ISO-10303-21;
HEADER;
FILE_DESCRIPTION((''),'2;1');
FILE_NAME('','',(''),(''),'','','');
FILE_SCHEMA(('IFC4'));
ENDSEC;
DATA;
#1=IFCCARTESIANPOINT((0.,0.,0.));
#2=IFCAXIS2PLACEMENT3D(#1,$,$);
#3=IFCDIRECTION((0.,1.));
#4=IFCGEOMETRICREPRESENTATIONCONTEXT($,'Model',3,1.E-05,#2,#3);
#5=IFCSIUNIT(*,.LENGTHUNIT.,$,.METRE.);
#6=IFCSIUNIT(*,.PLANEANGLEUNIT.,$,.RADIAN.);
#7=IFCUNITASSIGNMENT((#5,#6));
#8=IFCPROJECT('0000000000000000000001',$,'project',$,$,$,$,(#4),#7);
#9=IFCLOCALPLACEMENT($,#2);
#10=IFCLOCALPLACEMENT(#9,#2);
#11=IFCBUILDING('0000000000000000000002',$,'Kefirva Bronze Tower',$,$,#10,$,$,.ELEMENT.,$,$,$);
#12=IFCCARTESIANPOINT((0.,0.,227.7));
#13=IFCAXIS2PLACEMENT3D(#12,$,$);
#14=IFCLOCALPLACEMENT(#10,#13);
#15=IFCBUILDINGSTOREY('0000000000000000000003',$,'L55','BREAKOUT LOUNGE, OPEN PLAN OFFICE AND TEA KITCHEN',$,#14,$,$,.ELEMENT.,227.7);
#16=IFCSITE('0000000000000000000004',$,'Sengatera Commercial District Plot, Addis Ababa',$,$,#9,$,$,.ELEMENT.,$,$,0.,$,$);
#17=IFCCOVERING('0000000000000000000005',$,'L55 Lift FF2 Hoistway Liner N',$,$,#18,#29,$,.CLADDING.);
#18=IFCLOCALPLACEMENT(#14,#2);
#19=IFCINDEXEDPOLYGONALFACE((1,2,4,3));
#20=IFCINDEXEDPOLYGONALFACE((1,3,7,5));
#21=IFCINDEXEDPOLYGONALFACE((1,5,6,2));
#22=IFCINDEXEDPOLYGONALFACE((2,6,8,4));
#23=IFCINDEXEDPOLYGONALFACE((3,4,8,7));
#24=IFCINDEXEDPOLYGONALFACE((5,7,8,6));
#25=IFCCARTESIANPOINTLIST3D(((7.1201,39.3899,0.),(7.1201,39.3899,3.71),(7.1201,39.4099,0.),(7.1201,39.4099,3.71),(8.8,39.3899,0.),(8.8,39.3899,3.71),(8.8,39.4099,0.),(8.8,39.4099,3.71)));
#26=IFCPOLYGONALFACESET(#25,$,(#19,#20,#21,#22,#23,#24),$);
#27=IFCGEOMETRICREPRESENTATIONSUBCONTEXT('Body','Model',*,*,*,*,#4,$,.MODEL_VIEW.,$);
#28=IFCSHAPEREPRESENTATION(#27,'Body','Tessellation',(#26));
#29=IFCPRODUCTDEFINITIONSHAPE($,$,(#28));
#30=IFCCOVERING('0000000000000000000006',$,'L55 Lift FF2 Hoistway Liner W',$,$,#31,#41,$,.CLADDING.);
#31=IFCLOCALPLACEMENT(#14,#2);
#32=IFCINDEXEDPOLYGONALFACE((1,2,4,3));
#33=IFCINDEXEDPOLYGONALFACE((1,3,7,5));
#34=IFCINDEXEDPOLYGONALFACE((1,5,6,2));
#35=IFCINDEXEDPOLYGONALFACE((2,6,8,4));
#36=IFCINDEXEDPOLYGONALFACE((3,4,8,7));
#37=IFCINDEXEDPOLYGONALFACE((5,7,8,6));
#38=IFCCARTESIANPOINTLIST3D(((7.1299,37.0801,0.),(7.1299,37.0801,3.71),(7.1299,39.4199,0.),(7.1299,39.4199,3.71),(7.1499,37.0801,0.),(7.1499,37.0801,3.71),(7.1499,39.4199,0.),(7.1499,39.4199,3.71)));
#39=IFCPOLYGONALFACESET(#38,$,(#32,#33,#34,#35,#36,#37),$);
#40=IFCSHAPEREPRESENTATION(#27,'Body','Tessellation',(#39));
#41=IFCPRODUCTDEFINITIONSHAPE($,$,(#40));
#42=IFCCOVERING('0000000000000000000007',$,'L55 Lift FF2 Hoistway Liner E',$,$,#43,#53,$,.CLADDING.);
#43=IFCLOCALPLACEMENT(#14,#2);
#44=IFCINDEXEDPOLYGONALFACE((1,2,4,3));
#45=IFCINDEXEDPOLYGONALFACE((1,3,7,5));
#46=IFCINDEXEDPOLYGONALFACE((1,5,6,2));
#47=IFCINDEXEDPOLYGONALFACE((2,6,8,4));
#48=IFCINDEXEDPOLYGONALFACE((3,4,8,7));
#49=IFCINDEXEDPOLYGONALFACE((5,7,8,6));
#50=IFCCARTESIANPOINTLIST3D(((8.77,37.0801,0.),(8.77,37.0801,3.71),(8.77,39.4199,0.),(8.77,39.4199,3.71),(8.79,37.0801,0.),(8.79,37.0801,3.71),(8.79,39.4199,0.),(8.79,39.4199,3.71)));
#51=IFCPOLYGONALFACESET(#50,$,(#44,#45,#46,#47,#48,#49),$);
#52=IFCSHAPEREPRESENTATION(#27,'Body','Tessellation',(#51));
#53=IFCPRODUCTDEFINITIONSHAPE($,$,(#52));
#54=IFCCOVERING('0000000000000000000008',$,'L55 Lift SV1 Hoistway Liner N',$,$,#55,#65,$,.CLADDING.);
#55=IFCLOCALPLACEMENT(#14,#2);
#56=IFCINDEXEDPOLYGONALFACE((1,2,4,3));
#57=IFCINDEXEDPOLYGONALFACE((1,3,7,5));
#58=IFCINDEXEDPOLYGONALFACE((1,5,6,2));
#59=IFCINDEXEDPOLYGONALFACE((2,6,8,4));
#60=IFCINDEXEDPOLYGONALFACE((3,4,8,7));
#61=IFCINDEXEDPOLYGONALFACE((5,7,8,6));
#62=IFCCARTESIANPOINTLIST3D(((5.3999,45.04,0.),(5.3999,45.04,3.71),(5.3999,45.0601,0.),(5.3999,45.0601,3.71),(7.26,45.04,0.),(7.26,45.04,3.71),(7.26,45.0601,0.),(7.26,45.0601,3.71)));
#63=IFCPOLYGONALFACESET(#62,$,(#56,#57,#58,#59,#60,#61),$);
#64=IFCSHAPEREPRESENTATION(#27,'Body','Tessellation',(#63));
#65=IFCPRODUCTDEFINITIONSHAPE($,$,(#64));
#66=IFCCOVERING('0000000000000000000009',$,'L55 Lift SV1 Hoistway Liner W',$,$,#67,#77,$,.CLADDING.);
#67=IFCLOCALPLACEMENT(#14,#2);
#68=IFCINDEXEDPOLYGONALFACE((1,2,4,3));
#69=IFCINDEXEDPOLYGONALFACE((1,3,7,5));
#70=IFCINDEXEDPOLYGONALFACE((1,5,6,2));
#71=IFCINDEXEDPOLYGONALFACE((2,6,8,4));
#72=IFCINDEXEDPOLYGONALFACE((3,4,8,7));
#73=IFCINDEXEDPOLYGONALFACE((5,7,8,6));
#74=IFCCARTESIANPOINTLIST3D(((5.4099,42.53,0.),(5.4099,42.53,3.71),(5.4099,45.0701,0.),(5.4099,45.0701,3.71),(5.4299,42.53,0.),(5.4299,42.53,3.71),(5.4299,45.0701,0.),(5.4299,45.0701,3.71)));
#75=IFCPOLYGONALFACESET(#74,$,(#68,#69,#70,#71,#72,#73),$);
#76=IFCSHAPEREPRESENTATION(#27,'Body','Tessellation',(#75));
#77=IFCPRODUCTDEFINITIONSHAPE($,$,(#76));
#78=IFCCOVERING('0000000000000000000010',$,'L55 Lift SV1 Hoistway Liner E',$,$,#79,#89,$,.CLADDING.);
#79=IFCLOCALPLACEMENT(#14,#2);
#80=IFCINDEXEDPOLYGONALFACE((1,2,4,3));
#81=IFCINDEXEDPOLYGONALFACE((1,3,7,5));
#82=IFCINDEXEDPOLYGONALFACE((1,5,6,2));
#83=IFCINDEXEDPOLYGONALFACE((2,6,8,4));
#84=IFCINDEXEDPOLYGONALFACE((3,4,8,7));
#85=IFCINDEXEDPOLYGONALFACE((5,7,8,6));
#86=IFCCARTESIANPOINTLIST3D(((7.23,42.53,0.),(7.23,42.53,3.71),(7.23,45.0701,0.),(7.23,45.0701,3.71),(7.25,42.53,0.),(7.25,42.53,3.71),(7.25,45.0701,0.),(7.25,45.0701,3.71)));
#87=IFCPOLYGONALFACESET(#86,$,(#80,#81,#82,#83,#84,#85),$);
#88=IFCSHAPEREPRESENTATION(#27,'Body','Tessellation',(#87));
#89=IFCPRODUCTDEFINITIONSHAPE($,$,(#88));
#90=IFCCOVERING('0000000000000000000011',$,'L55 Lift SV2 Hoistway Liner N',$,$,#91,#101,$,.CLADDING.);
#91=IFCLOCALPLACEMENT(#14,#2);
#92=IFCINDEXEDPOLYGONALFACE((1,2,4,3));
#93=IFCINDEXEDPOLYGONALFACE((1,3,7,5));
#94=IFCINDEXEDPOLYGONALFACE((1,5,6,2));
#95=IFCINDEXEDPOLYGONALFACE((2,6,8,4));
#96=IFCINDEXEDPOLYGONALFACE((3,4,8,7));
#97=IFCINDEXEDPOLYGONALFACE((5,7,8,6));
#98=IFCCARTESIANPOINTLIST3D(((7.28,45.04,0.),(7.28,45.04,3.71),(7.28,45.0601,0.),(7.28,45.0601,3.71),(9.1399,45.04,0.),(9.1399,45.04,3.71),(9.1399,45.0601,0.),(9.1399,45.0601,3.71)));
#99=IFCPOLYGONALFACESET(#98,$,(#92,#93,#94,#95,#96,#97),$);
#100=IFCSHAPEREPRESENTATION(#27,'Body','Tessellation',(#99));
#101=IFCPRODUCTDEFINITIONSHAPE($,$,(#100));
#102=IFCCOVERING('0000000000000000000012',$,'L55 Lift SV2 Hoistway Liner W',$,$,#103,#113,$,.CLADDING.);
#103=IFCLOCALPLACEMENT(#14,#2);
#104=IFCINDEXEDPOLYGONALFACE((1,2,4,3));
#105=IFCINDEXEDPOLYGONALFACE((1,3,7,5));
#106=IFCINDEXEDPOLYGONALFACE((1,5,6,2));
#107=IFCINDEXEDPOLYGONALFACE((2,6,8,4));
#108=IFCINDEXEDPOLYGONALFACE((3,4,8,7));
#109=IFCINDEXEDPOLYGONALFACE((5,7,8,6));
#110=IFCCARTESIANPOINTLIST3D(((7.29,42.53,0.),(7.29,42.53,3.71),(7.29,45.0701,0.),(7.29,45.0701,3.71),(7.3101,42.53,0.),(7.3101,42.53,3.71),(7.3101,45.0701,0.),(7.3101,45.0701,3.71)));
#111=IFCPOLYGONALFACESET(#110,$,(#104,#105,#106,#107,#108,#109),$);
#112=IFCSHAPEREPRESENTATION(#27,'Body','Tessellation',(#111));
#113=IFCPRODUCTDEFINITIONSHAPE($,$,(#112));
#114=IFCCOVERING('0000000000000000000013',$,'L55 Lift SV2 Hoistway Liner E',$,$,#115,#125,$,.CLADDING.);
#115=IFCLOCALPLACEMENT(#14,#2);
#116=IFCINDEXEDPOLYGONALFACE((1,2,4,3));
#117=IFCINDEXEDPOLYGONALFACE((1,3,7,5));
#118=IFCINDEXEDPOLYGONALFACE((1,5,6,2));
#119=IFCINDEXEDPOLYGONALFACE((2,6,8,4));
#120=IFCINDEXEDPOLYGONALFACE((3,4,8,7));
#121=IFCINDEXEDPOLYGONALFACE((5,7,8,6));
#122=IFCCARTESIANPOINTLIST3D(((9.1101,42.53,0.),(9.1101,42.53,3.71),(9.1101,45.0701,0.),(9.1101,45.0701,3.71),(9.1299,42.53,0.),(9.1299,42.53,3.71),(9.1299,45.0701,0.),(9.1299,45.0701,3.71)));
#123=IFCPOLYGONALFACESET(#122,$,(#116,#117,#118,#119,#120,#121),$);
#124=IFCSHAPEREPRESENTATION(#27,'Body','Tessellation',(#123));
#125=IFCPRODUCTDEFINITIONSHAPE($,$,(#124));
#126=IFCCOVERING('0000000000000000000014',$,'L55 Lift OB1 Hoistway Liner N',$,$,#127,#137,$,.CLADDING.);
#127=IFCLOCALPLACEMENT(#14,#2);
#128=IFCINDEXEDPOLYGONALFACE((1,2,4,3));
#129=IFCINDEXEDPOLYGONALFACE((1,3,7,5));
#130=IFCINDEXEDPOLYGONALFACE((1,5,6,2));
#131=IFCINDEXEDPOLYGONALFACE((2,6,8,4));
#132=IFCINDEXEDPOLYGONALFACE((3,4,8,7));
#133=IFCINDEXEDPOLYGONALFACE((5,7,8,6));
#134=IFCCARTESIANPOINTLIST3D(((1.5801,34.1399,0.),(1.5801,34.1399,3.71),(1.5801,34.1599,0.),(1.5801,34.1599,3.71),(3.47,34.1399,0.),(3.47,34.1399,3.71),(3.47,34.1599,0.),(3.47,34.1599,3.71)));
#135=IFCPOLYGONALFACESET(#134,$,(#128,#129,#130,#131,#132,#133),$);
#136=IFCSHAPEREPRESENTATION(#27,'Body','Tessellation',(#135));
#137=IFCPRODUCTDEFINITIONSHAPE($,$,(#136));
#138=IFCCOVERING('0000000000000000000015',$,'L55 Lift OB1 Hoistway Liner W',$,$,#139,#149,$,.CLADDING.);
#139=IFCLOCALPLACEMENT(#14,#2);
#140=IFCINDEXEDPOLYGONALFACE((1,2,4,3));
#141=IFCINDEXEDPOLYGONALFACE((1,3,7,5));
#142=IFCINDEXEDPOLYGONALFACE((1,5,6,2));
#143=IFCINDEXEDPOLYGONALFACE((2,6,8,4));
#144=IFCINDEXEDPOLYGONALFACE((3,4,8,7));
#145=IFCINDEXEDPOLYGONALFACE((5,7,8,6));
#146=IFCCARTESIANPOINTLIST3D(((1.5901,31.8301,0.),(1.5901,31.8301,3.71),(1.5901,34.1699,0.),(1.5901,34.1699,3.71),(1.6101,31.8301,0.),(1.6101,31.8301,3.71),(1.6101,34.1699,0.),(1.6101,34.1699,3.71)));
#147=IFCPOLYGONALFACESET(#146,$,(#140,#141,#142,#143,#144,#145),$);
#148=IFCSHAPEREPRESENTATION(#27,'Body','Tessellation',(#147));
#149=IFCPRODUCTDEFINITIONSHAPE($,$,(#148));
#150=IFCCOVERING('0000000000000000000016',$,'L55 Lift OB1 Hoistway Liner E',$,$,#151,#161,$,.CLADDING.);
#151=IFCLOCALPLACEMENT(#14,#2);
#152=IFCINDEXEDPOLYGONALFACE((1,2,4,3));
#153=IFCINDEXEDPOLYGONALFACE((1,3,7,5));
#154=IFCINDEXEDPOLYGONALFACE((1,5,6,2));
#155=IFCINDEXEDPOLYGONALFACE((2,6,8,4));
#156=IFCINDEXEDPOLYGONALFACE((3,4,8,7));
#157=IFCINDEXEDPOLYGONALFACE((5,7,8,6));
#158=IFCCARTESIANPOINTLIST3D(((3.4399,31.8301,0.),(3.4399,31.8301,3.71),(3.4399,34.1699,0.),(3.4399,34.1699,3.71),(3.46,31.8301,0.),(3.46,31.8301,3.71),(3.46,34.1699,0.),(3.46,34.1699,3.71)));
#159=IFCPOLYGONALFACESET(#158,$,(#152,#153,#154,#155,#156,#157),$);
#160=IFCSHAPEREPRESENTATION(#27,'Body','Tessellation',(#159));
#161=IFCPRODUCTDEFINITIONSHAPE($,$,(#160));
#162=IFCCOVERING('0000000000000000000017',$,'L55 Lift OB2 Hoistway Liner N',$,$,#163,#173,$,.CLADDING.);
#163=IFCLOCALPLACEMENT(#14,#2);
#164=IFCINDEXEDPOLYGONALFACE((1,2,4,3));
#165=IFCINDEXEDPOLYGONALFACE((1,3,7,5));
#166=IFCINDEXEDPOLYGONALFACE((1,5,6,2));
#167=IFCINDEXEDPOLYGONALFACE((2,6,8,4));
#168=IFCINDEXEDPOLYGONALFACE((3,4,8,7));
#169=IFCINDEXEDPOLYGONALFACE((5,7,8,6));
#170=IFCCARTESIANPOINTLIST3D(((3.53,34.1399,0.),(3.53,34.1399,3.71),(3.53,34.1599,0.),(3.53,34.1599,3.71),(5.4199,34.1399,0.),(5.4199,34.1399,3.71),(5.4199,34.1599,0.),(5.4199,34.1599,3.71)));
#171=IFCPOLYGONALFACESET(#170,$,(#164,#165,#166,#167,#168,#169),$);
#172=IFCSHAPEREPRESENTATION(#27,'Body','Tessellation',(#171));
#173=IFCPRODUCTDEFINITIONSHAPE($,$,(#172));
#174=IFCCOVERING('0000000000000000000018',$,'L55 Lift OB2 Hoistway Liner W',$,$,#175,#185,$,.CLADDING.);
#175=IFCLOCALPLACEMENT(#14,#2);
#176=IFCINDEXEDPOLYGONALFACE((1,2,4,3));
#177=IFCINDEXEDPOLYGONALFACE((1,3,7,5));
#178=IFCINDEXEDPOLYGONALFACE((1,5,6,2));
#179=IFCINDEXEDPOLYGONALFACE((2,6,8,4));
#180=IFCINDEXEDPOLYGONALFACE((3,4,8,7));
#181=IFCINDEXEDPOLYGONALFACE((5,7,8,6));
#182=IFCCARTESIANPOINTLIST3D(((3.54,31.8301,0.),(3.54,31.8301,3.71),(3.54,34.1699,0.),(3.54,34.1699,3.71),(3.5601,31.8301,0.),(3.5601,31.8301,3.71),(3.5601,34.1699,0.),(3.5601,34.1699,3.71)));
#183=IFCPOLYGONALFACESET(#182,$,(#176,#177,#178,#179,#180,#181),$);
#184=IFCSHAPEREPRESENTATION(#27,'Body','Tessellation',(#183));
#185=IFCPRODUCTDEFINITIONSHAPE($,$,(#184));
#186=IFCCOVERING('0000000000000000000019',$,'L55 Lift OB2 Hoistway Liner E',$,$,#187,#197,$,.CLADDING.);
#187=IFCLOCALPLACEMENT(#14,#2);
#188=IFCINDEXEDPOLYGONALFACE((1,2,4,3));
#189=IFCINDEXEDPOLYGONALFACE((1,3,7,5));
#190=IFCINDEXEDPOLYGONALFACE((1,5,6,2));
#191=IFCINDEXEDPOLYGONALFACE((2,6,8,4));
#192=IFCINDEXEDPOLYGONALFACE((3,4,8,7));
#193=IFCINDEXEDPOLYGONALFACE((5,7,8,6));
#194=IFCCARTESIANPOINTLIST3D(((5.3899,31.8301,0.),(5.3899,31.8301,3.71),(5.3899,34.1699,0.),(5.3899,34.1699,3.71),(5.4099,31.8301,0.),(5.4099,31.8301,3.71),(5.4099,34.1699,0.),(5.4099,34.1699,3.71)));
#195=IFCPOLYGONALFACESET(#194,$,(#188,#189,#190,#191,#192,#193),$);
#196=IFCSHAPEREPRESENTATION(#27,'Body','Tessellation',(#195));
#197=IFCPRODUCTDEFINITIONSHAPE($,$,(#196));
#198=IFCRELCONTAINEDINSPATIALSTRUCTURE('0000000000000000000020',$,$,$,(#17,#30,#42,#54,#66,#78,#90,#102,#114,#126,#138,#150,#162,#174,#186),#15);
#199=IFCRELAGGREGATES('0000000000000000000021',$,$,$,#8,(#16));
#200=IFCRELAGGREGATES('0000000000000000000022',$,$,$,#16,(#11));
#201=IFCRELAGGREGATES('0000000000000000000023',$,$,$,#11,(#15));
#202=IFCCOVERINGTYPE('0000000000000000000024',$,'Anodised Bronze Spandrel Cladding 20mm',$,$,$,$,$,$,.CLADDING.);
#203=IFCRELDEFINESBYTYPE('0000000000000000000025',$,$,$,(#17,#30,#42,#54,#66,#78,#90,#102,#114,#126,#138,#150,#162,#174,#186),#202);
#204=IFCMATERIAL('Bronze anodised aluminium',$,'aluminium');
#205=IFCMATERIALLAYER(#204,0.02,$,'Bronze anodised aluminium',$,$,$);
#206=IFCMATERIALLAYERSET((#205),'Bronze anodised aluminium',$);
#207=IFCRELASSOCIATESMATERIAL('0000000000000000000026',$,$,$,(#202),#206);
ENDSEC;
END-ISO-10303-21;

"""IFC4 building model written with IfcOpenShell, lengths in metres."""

from ifc_helpers import new_model, si_unit, direction, frame, origin, place, context, subcontext, project, spatial, polyline, outline, extrude, material, layer, layer_set, type_object, element, save


model = new_model("IFC4")

# Units and contexts
model_context = context("Model", 3, precision=1e-05, world=origin(), true_north=direction((0.0, 1.0)))
body_context = subcontext(model_context, "Body", "Model", "MODEL_VIEW")
ifc_project = project(units=[si_unit("LENGTHUNIT", "METRE"), si_unit("PLANEANGLEUNIT", "RADIAN")], contexts=[model_context])

# Site, building, storey
site_placement = place(None, origin())
site = spatial("IfcSite", under=ifc_project, at=site_placement, Name="Sengatera Commercial District Plot, Addis Ababa", CompositionType="ELEMENT", RefElevation=0.0)
building_placement = place(site_placement, origin())
building = spatial("IfcBuilding", under=site, at=building_placement, Name="Kefirva Bronze Tower", CompositionType="ELEMENT")
storey_placement = place(building_placement, frame((0.0, 0.0, 227.7)))
storey = spatial("IfcBuildingStorey", under=building, at=storey_placement, Name="L55", Description="BREAKOUT LOUNGE, OPEN PLAN OFFICE AND TEA KITCHEN", CompositionType="ELEMENT", Elevation=227.7)

# Coverings
ifc_material_1 = material(Name="Bronze anodised aluminium", Category="aluminium")
ifc_layer_1 = layer(ifc_material_1, 0.02, Name="Bronze anodised aluminium")
ifc_layer_set_1 = layer_set([ifc_layer_1], Name="Bronze anodised aluminium")
covering_type_1 = type_object("IfcCoveringType", Name="Anodised Bronze Spandrel Cladding 20mm", PredefinedType="CLADDING", material=ifc_layer_set_1)
covering_1_placement = place(storey_placement, origin())
element("IfcCovering", 1, at=covering_1_placement, inside=storey, type_object=covering_type_1, Name="L55 Lift FF2 Hoistway Liner N", PredefinedType="CLADDING", context=body_context, shape_type="SweptSolid", body=[
    extrude(outline(polyline([(7.1201, 39.3899), (8.8, 39.3899), (8.8, 39.4099), (7.1201, 39.4099), (7.1201, 39.3899)])), origin(), (0.0, 0.0, 1.0), 3.71),
])
covering_2_placement = place(storey_placement, origin())
element("IfcCovering", 2, at=covering_2_placement, inside=storey, type_object=covering_type_1, Name="L55 Lift FF2 Hoistway Liner W", PredefinedType="CLADDING", context=body_context, shape_type="SweptSolid", body=[
    extrude(outline(polyline([(7.1299, 37.0801), (7.1499, 37.0801), (7.1499, 39.4199), (7.1299, 39.4199), (7.1299, 37.0801)])), origin(), (0.0, 0.0, 1.0), 3.71),
])
covering_3_placement = place(storey_placement, origin())
element("IfcCovering", 3, at=covering_3_placement, inside=storey, type_object=covering_type_1, Name="L55 Lift FF2 Hoistway Liner E", PredefinedType="CLADDING", context=body_context, shape_type="SweptSolid", body=[
    extrude(outline(polyline([(8.77, 37.0801), (8.79, 37.0801), (8.79, 39.4199), (8.77, 39.4199), (8.77, 37.0801)])), origin(), (0.0, 0.0, 1.0), 3.71),
])
covering_4_placement = place(storey_placement, origin())
element("IfcCovering", 4, at=covering_4_placement, inside=storey, type_object=covering_type_1, Name="L55 Lift SV1 Hoistway Liner N", PredefinedType="CLADDING", context=body_context, shape_type="SweptSolid", body=[
    extrude(outline(polyline([(5.3999, 45.04), (7.26, 45.04), (7.26, 45.0601), (5.3999, 45.0601), (5.3999, 45.04)])), origin(), (0.0, 0.0, 1.0), 3.71),
])
covering_5_placement = place(storey_placement, origin())
element("IfcCovering", 5, at=covering_5_placement, inside=storey, type_object=covering_type_1, Name="L55 Lift SV1 Hoistway Liner W", PredefinedType="CLADDING", context=body_context, shape_type="SweptSolid", body=[
    extrude(outline(polyline([(5.4099, 42.53), (5.4299, 42.53), (5.4299, 45.0701), (5.4099, 45.0701), (5.4099, 42.53)])), origin(), (0.0, 0.0, 1.0), 3.71),
])
covering_6_placement = place(storey_placement, origin())
element("IfcCovering", 6, at=covering_6_placement, inside=storey, type_object=covering_type_1, Name="L55 Lift SV1 Hoistway Liner E", PredefinedType="CLADDING", context=body_context, shape_type="SweptSolid", body=[
    extrude(outline(polyline([(7.23, 42.53), (7.25, 42.53), (7.25, 45.0701), (7.23, 45.0701), (7.23, 42.53)])), origin(), (0.0, 0.0, 1.0), 3.71),
])
covering_7_placement = place(storey_placement, origin())
element("IfcCovering", 7, at=covering_7_placement, inside=storey, type_object=covering_type_1, Name="L55 Lift SV2 Hoistway Liner N", PredefinedType="CLADDING", context=body_context, shape_type="SweptSolid", body=[
    extrude(outline(polyline([(7.28, 45.04), (9.1399, 45.04), (9.1399, 45.0601), (7.28, 45.0601), (7.28, 45.04)])), origin(), (0.0, 0.0, 1.0), 3.71),
])
covering_8_placement = place(storey_placement, origin())
element("IfcCovering", 8, at=covering_8_placement, inside=storey, type_object=covering_type_1, Name="L55 Lift SV2 Hoistway Liner W", PredefinedType="CLADDING", context=body_context, shape_type="SweptSolid", body=[
    extrude(outline(polyline([(7.29, 42.53), (7.3101, 42.53), (7.3101, 45.0701), (7.29, 45.0701), (7.29, 42.53)])), origin(), (0.0, 0.0, 1.0), 3.71),
])
covering_9_placement = place(storey_placement, origin())
element("IfcCovering", 9, at=covering_9_placement, inside=storey, type_object=covering_type_1, Name="L55 Lift SV2 Hoistway Liner E", PredefinedType="CLADDING", context=body_context, shape_type="SweptSolid", body=[
    extrude(outline(polyline([(9.1101, 42.53), (9.1299, 42.53), (9.1299, 45.0701), (9.1101, 45.0701), (9.1101, 42.53)])), origin(), (0.0, 0.0, 1.0), 3.71),
])
covering_10_placement = place(storey_placement, origin())
element("IfcCovering", 10, at=covering_10_placement, inside=storey, type_object=covering_type_1, Name="L55 Lift OB1 Hoistway Liner N", PredefinedType="CLADDING", context=body_context, shape_type="SweptSolid", body=[
    extrude(outline(polyline([(1.5801, 34.1399), (3.47, 34.1399), (3.47, 34.1599), (1.5801, 34.1599), (1.5801, 34.1399)])), origin(), (0.0, 0.0, 1.0), 3.71),
])
covering_11_placement = place(storey_placement, origin())
element("IfcCovering", 11, at=covering_11_placement, inside=storey, type_object=covering_type_1, Name="L55 Lift OB1 Hoistway Liner W", PredefinedType="CLADDING", context=body_context, shape_type="SweptSolid", body=[
    extrude(outline(polyline([(1.5901, 31.8301), (1.6101, 31.8301), (1.6101, 34.1699), (1.5901, 34.1699), (1.5901, 31.8301)])), origin(), (0.0, 0.0, 1.0), 3.71),
])
covering_12_placement = place(storey_placement, origin())
element("IfcCovering", 12, at=covering_12_placement, inside=storey, type_object=covering_type_1, Name="L55 Lift OB1 Hoistway Liner E", PredefinedType="CLADDING", context=body_context, shape_type="SweptSolid", body=[
    extrude(outline(polyline([(3.4399, 31.8301), (3.46, 31.8301), (3.46, 34.1699), (3.4399, 34.1699), (3.4399, 31.8301)])), origin(), (0.0, 0.0, 1.0), 3.71),
])
covering_13_placement = place(storey_placement, origin())
element("IfcCovering", 13, at=covering_13_placement, inside=storey, type_object=covering_type_1, Name="L55 Lift OB2 Hoistway Liner N", PredefinedType="CLADDING", context=body_context, shape_type="SweptSolid", body=[
    extrude(outline(polyline([(3.53, 34.1399), (5.4199, 34.1399), (5.4199, 34.1599), (3.53, 34.1599), (3.53, 34.1399)])), origin(), (0.0, 0.0, 1.0), 3.71),
])
covering_14_placement = place(storey_placement, origin())
element("IfcCovering", 14, at=covering_14_placement, inside=storey, type_object=covering_type_1, Name="L55 Lift OB2 Hoistway Liner W", PredefinedType="CLADDING", context=body_context, shape_type="SweptSolid", body=[
    extrude(outline(polyline([(3.54, 31.8301), (3.5601, 31.8301), (3.5601, 34.1699), (3.54, 34.1699), (3.54, 31.8301)])), origin(), (0.0, 0.0, 1.0), 3.71),
])
covering_15_placement = place(storey_placement, origin())
element("IfcCovering", 15, at=covering_15_placement, inside=storey, type_object=covering_type_1, Name="L55 Lift OB2 Hoistway Liner E", PredefinedType="CLADDING", context=body_context, shape_type="SweptSolid", body=[
    extrude(outline(polyline([(5.3899, 31.8301), (5.4099, 31.8301), (5.4099, 34.1699), (5.3899, 34.1699), (5.3899, 31.8301)])), origin(), (0.0, 0.0, 1.0), 3.71),
])

save(model, "model.ifc")
